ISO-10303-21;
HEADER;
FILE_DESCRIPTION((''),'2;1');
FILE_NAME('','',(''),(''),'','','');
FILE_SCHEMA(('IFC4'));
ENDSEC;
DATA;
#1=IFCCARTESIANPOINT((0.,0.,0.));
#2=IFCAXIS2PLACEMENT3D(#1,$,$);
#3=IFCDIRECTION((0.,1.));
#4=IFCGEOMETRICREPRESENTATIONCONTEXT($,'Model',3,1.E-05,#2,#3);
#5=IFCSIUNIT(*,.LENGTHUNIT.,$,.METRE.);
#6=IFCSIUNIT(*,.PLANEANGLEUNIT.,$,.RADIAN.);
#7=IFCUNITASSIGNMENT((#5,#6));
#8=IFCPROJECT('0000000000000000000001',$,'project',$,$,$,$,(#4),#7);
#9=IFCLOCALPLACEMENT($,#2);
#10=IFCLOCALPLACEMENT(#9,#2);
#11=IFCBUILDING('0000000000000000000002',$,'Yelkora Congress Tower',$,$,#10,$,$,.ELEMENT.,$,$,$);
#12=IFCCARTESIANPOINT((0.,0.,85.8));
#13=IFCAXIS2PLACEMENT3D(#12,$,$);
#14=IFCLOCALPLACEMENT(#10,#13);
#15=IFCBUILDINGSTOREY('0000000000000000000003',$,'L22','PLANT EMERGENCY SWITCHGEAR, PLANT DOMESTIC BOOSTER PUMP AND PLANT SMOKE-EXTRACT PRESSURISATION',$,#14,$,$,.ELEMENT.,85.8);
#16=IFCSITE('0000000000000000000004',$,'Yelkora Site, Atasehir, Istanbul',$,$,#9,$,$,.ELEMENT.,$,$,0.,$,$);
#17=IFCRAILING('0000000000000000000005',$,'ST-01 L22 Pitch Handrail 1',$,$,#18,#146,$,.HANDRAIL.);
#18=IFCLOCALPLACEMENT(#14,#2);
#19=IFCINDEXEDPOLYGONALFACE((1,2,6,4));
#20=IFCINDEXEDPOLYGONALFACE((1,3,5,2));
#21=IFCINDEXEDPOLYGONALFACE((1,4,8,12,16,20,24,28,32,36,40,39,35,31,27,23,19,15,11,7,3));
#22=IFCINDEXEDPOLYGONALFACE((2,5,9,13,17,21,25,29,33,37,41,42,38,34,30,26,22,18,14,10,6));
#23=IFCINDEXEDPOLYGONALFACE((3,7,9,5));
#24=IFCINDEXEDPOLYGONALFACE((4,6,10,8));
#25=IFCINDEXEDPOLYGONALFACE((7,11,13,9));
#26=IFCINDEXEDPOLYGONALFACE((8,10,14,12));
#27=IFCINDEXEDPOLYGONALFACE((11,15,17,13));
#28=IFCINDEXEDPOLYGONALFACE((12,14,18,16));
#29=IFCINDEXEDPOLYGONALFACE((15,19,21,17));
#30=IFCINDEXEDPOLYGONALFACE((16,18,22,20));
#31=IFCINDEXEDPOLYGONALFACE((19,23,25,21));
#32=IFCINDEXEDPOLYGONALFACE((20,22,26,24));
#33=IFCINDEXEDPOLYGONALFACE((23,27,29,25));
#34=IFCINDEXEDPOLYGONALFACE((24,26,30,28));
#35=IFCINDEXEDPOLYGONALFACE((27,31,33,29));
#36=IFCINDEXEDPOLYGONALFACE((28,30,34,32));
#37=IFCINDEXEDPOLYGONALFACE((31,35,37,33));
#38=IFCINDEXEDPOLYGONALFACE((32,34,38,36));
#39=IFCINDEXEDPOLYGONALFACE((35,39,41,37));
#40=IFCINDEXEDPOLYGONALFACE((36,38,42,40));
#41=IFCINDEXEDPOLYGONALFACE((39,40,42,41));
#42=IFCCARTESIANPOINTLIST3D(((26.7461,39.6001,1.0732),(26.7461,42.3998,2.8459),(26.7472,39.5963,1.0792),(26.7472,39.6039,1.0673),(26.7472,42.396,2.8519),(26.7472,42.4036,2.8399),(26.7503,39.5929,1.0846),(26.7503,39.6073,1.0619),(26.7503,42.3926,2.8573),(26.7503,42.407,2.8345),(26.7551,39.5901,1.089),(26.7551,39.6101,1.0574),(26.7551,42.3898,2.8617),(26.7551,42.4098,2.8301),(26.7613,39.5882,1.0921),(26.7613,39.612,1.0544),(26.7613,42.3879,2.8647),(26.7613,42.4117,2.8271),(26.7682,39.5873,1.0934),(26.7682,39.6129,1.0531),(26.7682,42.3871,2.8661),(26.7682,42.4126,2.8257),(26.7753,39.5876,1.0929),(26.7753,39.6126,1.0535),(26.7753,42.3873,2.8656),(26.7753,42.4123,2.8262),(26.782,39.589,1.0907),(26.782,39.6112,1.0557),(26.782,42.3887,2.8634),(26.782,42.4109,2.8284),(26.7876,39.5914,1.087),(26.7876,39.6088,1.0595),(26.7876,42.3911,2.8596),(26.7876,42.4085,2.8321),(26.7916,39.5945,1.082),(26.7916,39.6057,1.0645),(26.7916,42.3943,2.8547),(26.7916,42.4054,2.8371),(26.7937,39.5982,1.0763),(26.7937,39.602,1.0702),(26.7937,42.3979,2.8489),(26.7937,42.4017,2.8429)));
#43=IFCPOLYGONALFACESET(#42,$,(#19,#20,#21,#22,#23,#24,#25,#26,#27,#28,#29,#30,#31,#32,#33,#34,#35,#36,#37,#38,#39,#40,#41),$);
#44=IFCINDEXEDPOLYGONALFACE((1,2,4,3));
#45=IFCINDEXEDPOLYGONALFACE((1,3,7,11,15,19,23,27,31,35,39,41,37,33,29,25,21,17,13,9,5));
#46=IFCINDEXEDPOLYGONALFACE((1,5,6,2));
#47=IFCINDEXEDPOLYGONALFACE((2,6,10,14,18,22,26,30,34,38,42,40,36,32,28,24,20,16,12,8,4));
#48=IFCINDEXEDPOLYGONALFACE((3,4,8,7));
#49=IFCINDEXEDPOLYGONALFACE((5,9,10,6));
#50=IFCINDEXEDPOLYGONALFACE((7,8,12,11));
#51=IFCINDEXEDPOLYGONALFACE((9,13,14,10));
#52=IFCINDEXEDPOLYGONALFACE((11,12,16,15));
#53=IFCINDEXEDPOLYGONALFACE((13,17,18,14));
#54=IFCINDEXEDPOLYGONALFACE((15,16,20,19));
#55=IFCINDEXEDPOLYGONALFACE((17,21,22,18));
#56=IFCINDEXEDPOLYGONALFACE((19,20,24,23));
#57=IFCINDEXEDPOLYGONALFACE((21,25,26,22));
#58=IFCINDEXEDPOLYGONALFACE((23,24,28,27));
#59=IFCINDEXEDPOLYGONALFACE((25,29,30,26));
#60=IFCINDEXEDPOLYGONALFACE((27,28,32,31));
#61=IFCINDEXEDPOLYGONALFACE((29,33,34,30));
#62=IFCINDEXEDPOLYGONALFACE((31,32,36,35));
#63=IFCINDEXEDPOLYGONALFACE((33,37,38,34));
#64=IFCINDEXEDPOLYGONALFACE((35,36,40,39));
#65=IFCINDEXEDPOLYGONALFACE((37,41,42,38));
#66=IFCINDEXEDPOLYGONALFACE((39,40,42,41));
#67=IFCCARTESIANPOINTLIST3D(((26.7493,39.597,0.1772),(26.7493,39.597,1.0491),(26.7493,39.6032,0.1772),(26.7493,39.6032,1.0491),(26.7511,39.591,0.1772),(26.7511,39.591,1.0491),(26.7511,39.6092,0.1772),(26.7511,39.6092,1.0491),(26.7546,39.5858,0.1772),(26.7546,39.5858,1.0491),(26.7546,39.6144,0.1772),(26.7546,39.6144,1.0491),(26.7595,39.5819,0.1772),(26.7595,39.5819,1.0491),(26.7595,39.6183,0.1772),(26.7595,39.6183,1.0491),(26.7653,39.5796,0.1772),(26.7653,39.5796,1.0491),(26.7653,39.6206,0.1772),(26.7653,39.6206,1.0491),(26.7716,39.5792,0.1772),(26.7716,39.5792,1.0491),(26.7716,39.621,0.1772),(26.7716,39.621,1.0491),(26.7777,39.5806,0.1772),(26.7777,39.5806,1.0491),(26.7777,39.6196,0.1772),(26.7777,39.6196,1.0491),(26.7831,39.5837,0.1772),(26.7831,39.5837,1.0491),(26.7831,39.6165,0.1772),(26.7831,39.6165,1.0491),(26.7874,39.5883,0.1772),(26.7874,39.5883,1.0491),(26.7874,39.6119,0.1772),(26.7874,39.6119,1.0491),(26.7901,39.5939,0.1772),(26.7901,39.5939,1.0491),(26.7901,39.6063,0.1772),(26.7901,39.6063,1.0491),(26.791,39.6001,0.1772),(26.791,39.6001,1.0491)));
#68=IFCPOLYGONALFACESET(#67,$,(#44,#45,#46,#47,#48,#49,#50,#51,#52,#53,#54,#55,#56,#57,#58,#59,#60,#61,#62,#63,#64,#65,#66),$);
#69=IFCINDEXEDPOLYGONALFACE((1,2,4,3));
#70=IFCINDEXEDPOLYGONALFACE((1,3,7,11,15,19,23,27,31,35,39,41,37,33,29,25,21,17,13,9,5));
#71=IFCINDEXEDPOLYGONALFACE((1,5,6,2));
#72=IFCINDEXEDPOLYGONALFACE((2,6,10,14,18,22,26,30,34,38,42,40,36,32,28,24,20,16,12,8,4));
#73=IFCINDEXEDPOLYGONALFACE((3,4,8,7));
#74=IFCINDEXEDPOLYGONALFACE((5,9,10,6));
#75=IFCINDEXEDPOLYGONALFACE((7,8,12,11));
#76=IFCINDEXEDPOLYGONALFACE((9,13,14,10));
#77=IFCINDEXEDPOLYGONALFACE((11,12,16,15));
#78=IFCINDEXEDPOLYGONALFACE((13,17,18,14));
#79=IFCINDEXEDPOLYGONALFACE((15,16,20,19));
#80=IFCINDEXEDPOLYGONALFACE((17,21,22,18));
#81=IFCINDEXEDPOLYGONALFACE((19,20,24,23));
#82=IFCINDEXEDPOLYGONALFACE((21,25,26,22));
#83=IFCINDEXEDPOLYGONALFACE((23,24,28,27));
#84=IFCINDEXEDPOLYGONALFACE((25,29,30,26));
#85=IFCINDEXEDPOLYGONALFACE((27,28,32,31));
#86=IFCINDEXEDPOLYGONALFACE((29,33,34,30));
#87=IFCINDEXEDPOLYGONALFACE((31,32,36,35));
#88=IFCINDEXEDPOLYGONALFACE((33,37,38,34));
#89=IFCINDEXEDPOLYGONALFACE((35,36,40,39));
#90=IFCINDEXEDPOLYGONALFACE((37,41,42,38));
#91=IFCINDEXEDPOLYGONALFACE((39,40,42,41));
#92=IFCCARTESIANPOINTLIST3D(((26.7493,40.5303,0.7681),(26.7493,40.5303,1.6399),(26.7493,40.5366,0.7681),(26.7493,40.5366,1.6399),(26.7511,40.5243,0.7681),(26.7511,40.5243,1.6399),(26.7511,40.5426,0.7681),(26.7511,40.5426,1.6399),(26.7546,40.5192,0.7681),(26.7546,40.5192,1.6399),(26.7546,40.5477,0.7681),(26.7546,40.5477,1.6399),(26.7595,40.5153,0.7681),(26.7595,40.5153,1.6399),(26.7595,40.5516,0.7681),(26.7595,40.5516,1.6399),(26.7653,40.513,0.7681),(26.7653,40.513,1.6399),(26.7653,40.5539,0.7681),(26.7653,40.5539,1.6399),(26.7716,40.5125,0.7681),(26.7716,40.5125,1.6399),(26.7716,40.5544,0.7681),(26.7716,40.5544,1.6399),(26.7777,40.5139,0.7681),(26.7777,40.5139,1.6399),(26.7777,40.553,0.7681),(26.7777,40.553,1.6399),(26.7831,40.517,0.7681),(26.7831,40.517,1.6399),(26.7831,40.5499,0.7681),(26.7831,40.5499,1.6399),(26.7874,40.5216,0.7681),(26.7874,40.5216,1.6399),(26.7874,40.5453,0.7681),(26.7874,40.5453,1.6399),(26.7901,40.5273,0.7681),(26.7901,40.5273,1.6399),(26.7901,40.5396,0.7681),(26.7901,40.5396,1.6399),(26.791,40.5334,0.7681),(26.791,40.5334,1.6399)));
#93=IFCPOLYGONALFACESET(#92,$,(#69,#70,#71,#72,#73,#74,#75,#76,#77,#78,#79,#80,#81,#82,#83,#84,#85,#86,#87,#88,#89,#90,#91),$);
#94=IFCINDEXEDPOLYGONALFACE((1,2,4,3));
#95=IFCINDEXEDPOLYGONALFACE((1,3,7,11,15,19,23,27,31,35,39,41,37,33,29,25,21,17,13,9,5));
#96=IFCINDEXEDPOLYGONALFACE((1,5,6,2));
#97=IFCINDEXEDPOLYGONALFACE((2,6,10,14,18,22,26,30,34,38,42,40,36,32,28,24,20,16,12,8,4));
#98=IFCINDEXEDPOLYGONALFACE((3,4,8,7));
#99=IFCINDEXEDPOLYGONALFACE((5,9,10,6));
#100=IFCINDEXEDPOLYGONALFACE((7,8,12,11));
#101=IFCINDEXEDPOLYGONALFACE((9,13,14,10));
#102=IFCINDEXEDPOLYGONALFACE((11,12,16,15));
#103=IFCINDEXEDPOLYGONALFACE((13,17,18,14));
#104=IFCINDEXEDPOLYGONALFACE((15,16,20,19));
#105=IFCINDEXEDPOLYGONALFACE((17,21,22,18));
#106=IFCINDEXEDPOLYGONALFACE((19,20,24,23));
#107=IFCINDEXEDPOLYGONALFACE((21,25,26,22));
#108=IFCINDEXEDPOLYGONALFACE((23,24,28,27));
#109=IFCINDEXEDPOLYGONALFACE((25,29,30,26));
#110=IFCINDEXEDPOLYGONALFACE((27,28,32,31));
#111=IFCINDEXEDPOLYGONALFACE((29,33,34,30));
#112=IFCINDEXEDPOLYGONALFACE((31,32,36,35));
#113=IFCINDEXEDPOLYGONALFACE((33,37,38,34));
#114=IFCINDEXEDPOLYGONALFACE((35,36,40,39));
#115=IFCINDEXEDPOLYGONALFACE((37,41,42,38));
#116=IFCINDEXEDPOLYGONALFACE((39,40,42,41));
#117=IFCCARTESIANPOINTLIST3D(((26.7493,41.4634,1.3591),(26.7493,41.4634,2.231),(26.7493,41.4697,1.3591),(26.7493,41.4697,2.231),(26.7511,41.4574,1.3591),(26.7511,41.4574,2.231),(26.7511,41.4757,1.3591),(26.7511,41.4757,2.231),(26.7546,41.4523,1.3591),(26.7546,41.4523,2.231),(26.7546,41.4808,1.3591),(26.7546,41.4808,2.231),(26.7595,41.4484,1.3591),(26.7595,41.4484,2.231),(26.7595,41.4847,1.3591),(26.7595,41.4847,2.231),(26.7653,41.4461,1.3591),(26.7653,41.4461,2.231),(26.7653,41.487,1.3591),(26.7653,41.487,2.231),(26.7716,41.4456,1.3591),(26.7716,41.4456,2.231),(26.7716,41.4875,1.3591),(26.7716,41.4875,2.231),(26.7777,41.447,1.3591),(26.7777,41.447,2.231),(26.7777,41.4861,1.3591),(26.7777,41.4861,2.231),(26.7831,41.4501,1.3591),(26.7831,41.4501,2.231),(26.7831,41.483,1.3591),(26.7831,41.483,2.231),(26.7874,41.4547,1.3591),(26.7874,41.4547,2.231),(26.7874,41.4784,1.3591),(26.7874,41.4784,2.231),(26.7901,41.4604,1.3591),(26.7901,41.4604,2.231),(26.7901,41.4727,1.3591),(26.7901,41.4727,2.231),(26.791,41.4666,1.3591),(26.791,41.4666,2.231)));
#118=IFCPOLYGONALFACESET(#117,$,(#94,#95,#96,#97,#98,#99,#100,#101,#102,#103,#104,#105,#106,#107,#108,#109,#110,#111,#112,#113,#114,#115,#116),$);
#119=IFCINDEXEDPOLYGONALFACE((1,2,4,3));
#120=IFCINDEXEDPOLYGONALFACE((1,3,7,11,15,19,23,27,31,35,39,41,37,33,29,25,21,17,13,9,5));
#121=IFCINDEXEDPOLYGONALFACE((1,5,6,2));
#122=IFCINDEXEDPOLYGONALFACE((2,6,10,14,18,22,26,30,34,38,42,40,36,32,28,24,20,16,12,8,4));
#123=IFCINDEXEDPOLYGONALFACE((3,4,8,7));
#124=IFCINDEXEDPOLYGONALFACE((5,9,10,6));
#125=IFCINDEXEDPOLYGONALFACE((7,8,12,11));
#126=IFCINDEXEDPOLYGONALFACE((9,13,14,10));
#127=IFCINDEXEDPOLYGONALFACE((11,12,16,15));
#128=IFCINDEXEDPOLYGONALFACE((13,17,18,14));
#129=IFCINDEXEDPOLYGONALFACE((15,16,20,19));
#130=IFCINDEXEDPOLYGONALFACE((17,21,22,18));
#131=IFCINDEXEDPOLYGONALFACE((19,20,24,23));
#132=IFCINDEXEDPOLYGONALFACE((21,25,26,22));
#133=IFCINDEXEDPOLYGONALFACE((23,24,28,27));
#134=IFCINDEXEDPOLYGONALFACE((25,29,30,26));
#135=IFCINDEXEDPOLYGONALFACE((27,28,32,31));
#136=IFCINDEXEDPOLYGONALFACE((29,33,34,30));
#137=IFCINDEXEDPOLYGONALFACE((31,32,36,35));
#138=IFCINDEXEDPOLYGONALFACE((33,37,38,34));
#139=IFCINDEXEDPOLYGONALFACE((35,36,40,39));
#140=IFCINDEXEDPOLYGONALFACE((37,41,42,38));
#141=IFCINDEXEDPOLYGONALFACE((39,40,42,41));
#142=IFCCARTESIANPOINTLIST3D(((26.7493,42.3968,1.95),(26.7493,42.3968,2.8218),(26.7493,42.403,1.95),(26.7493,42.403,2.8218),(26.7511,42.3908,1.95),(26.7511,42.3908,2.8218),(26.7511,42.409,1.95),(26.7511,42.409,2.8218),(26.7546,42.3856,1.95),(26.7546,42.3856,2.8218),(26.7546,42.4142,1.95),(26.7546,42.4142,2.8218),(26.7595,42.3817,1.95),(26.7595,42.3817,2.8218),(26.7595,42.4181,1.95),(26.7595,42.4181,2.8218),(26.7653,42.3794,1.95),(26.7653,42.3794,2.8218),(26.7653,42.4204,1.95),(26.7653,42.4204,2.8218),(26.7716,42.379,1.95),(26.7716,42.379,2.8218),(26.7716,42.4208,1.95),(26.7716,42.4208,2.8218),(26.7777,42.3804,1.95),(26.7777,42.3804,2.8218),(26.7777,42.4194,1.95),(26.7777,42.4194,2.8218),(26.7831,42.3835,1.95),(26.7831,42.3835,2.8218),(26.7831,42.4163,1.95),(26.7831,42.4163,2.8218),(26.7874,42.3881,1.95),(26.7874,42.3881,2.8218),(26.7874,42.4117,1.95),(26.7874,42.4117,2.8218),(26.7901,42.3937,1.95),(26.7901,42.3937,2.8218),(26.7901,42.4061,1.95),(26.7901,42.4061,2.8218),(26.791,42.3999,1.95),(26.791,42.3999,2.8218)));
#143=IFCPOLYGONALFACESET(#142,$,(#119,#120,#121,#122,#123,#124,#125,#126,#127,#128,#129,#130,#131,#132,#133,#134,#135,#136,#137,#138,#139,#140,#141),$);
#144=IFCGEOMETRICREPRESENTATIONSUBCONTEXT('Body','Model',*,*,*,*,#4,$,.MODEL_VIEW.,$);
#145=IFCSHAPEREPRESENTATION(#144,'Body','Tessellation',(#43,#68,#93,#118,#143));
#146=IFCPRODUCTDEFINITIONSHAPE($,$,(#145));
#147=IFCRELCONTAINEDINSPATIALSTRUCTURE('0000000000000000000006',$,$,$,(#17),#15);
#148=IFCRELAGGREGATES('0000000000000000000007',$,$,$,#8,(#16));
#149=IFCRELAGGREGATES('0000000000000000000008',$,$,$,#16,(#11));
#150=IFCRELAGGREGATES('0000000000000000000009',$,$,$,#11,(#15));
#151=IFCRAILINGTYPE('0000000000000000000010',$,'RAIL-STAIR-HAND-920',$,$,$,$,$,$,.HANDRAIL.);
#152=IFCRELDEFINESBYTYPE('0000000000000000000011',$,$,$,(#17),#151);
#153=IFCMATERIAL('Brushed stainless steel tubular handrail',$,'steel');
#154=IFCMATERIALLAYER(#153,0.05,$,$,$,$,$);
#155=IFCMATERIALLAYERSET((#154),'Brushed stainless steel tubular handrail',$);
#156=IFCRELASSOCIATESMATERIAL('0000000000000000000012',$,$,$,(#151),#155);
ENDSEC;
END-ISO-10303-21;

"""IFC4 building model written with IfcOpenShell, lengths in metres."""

from ifc_helpers import new_model, si_unit, direction, frame, origin, origin_2d, place, context, subcontext, project, spatial, circle, extrude, material, layer, layer_set, type_object, element, save


model = new_model("IFC4")

# Units and contexts
model_context = context("Model", 3, precision=1e-05, world=origin(), true_north=direction((0.0, 1.0)))
body_context = subcontext(model_context, "Body", "Model", "MODEL_VIEW")
ifc_project = project(units=[si_unit("LENGTHUNIT", "METRE"), si_unit("PLANEANGLEUNIT", "RADIAN")], contexts=[model_context])

# Site, building, storey
site_placement = place(None, origin())
site = spatial("IfcSite", under=ifc_project, at=site_placement, Name="Yelkora Site, Atasehir, Istanbul", CompositionType="ELEMENT", RefElevation=0.0)
building_placement = place(site_placement, origin())
building = spatial("IfcBuilding", under=site, at=building_placement, Name="Yelkora Congress Tower", CompositionType="ELEMENT")
storey_placement = place(building_placement, frame((0.0, 0.0, 85.8)))
storey = spatial("IfcBuildingStorey", under=building, at=storey_placement, Name="L22", Description="PLANT EMERGENCY SWITCHGEAR, PLANT DOMESTIC BOOSTER PUMP AND PLANT SMOKE-EXTRACT PRESSURISATION", CompositionType="ELEMENT", Elevation=85.8)

# Railing
ifc_material_1 = material(Name="Brushed stainless steel tubular handrail", Category="steel")
ifc_layer_1 = layer(ifc_material_1, 0.05)
ifc_layer_set_1 = layer_set([ifc_layer_1], Name="Brushed stainless steel tubular handrail")
railing_type_1 = type_object("IfcRailingType", Name="RAIL-STAIR-HAND-920", PredefinedType="HANDRAIL", material=ifc_layer_set_1)
railing_1_placement = place(storey_placement, frame((26.77, 39.6001, 0.1772)))
element("IfcRailing", 1, at=railing_1_placement, inside=storey, type_object=railing_type_1, Name="ST-01 L22 Pitch Handrail 1", PredefinedType="HANDRAIL", context=body_context, shape_type="SweptSolid", body=[
    extrude(circle(Radius=0.0239, at=origin_2d()), frame((0.0, 0.0, 0.896), z_axis=(0.0, 0.844888, 0.534943), x_axis=(-1.0, 0.0, 0.0)), (0.0, 0.0, 1.0), 3.3137),
    extrude(circle(Radius=0.021, at=origin_2d()), origin(), (0.0, 0.0, 1.0), 0.8718),
    extrude(circle(Radius=0.021, at=origin_2d()), frame((0.0, 0.9333, 0.5908)), (0.0, 0.0, 1.0), 0.8718),
    extrude(circle(Radius=0.021, at=origin_2d()), frame((0.0, 1.8665, 1.1819)), (0.0, 0.0, 1.0), 0.8718),
    extrude(circle(Radius=0.021, at=origin_2d()), frame((0.0, 2.7998, 1.7727)), (0.0, 0.0, 1.0), 0.8718),
])

save(model, "model.ifc")
